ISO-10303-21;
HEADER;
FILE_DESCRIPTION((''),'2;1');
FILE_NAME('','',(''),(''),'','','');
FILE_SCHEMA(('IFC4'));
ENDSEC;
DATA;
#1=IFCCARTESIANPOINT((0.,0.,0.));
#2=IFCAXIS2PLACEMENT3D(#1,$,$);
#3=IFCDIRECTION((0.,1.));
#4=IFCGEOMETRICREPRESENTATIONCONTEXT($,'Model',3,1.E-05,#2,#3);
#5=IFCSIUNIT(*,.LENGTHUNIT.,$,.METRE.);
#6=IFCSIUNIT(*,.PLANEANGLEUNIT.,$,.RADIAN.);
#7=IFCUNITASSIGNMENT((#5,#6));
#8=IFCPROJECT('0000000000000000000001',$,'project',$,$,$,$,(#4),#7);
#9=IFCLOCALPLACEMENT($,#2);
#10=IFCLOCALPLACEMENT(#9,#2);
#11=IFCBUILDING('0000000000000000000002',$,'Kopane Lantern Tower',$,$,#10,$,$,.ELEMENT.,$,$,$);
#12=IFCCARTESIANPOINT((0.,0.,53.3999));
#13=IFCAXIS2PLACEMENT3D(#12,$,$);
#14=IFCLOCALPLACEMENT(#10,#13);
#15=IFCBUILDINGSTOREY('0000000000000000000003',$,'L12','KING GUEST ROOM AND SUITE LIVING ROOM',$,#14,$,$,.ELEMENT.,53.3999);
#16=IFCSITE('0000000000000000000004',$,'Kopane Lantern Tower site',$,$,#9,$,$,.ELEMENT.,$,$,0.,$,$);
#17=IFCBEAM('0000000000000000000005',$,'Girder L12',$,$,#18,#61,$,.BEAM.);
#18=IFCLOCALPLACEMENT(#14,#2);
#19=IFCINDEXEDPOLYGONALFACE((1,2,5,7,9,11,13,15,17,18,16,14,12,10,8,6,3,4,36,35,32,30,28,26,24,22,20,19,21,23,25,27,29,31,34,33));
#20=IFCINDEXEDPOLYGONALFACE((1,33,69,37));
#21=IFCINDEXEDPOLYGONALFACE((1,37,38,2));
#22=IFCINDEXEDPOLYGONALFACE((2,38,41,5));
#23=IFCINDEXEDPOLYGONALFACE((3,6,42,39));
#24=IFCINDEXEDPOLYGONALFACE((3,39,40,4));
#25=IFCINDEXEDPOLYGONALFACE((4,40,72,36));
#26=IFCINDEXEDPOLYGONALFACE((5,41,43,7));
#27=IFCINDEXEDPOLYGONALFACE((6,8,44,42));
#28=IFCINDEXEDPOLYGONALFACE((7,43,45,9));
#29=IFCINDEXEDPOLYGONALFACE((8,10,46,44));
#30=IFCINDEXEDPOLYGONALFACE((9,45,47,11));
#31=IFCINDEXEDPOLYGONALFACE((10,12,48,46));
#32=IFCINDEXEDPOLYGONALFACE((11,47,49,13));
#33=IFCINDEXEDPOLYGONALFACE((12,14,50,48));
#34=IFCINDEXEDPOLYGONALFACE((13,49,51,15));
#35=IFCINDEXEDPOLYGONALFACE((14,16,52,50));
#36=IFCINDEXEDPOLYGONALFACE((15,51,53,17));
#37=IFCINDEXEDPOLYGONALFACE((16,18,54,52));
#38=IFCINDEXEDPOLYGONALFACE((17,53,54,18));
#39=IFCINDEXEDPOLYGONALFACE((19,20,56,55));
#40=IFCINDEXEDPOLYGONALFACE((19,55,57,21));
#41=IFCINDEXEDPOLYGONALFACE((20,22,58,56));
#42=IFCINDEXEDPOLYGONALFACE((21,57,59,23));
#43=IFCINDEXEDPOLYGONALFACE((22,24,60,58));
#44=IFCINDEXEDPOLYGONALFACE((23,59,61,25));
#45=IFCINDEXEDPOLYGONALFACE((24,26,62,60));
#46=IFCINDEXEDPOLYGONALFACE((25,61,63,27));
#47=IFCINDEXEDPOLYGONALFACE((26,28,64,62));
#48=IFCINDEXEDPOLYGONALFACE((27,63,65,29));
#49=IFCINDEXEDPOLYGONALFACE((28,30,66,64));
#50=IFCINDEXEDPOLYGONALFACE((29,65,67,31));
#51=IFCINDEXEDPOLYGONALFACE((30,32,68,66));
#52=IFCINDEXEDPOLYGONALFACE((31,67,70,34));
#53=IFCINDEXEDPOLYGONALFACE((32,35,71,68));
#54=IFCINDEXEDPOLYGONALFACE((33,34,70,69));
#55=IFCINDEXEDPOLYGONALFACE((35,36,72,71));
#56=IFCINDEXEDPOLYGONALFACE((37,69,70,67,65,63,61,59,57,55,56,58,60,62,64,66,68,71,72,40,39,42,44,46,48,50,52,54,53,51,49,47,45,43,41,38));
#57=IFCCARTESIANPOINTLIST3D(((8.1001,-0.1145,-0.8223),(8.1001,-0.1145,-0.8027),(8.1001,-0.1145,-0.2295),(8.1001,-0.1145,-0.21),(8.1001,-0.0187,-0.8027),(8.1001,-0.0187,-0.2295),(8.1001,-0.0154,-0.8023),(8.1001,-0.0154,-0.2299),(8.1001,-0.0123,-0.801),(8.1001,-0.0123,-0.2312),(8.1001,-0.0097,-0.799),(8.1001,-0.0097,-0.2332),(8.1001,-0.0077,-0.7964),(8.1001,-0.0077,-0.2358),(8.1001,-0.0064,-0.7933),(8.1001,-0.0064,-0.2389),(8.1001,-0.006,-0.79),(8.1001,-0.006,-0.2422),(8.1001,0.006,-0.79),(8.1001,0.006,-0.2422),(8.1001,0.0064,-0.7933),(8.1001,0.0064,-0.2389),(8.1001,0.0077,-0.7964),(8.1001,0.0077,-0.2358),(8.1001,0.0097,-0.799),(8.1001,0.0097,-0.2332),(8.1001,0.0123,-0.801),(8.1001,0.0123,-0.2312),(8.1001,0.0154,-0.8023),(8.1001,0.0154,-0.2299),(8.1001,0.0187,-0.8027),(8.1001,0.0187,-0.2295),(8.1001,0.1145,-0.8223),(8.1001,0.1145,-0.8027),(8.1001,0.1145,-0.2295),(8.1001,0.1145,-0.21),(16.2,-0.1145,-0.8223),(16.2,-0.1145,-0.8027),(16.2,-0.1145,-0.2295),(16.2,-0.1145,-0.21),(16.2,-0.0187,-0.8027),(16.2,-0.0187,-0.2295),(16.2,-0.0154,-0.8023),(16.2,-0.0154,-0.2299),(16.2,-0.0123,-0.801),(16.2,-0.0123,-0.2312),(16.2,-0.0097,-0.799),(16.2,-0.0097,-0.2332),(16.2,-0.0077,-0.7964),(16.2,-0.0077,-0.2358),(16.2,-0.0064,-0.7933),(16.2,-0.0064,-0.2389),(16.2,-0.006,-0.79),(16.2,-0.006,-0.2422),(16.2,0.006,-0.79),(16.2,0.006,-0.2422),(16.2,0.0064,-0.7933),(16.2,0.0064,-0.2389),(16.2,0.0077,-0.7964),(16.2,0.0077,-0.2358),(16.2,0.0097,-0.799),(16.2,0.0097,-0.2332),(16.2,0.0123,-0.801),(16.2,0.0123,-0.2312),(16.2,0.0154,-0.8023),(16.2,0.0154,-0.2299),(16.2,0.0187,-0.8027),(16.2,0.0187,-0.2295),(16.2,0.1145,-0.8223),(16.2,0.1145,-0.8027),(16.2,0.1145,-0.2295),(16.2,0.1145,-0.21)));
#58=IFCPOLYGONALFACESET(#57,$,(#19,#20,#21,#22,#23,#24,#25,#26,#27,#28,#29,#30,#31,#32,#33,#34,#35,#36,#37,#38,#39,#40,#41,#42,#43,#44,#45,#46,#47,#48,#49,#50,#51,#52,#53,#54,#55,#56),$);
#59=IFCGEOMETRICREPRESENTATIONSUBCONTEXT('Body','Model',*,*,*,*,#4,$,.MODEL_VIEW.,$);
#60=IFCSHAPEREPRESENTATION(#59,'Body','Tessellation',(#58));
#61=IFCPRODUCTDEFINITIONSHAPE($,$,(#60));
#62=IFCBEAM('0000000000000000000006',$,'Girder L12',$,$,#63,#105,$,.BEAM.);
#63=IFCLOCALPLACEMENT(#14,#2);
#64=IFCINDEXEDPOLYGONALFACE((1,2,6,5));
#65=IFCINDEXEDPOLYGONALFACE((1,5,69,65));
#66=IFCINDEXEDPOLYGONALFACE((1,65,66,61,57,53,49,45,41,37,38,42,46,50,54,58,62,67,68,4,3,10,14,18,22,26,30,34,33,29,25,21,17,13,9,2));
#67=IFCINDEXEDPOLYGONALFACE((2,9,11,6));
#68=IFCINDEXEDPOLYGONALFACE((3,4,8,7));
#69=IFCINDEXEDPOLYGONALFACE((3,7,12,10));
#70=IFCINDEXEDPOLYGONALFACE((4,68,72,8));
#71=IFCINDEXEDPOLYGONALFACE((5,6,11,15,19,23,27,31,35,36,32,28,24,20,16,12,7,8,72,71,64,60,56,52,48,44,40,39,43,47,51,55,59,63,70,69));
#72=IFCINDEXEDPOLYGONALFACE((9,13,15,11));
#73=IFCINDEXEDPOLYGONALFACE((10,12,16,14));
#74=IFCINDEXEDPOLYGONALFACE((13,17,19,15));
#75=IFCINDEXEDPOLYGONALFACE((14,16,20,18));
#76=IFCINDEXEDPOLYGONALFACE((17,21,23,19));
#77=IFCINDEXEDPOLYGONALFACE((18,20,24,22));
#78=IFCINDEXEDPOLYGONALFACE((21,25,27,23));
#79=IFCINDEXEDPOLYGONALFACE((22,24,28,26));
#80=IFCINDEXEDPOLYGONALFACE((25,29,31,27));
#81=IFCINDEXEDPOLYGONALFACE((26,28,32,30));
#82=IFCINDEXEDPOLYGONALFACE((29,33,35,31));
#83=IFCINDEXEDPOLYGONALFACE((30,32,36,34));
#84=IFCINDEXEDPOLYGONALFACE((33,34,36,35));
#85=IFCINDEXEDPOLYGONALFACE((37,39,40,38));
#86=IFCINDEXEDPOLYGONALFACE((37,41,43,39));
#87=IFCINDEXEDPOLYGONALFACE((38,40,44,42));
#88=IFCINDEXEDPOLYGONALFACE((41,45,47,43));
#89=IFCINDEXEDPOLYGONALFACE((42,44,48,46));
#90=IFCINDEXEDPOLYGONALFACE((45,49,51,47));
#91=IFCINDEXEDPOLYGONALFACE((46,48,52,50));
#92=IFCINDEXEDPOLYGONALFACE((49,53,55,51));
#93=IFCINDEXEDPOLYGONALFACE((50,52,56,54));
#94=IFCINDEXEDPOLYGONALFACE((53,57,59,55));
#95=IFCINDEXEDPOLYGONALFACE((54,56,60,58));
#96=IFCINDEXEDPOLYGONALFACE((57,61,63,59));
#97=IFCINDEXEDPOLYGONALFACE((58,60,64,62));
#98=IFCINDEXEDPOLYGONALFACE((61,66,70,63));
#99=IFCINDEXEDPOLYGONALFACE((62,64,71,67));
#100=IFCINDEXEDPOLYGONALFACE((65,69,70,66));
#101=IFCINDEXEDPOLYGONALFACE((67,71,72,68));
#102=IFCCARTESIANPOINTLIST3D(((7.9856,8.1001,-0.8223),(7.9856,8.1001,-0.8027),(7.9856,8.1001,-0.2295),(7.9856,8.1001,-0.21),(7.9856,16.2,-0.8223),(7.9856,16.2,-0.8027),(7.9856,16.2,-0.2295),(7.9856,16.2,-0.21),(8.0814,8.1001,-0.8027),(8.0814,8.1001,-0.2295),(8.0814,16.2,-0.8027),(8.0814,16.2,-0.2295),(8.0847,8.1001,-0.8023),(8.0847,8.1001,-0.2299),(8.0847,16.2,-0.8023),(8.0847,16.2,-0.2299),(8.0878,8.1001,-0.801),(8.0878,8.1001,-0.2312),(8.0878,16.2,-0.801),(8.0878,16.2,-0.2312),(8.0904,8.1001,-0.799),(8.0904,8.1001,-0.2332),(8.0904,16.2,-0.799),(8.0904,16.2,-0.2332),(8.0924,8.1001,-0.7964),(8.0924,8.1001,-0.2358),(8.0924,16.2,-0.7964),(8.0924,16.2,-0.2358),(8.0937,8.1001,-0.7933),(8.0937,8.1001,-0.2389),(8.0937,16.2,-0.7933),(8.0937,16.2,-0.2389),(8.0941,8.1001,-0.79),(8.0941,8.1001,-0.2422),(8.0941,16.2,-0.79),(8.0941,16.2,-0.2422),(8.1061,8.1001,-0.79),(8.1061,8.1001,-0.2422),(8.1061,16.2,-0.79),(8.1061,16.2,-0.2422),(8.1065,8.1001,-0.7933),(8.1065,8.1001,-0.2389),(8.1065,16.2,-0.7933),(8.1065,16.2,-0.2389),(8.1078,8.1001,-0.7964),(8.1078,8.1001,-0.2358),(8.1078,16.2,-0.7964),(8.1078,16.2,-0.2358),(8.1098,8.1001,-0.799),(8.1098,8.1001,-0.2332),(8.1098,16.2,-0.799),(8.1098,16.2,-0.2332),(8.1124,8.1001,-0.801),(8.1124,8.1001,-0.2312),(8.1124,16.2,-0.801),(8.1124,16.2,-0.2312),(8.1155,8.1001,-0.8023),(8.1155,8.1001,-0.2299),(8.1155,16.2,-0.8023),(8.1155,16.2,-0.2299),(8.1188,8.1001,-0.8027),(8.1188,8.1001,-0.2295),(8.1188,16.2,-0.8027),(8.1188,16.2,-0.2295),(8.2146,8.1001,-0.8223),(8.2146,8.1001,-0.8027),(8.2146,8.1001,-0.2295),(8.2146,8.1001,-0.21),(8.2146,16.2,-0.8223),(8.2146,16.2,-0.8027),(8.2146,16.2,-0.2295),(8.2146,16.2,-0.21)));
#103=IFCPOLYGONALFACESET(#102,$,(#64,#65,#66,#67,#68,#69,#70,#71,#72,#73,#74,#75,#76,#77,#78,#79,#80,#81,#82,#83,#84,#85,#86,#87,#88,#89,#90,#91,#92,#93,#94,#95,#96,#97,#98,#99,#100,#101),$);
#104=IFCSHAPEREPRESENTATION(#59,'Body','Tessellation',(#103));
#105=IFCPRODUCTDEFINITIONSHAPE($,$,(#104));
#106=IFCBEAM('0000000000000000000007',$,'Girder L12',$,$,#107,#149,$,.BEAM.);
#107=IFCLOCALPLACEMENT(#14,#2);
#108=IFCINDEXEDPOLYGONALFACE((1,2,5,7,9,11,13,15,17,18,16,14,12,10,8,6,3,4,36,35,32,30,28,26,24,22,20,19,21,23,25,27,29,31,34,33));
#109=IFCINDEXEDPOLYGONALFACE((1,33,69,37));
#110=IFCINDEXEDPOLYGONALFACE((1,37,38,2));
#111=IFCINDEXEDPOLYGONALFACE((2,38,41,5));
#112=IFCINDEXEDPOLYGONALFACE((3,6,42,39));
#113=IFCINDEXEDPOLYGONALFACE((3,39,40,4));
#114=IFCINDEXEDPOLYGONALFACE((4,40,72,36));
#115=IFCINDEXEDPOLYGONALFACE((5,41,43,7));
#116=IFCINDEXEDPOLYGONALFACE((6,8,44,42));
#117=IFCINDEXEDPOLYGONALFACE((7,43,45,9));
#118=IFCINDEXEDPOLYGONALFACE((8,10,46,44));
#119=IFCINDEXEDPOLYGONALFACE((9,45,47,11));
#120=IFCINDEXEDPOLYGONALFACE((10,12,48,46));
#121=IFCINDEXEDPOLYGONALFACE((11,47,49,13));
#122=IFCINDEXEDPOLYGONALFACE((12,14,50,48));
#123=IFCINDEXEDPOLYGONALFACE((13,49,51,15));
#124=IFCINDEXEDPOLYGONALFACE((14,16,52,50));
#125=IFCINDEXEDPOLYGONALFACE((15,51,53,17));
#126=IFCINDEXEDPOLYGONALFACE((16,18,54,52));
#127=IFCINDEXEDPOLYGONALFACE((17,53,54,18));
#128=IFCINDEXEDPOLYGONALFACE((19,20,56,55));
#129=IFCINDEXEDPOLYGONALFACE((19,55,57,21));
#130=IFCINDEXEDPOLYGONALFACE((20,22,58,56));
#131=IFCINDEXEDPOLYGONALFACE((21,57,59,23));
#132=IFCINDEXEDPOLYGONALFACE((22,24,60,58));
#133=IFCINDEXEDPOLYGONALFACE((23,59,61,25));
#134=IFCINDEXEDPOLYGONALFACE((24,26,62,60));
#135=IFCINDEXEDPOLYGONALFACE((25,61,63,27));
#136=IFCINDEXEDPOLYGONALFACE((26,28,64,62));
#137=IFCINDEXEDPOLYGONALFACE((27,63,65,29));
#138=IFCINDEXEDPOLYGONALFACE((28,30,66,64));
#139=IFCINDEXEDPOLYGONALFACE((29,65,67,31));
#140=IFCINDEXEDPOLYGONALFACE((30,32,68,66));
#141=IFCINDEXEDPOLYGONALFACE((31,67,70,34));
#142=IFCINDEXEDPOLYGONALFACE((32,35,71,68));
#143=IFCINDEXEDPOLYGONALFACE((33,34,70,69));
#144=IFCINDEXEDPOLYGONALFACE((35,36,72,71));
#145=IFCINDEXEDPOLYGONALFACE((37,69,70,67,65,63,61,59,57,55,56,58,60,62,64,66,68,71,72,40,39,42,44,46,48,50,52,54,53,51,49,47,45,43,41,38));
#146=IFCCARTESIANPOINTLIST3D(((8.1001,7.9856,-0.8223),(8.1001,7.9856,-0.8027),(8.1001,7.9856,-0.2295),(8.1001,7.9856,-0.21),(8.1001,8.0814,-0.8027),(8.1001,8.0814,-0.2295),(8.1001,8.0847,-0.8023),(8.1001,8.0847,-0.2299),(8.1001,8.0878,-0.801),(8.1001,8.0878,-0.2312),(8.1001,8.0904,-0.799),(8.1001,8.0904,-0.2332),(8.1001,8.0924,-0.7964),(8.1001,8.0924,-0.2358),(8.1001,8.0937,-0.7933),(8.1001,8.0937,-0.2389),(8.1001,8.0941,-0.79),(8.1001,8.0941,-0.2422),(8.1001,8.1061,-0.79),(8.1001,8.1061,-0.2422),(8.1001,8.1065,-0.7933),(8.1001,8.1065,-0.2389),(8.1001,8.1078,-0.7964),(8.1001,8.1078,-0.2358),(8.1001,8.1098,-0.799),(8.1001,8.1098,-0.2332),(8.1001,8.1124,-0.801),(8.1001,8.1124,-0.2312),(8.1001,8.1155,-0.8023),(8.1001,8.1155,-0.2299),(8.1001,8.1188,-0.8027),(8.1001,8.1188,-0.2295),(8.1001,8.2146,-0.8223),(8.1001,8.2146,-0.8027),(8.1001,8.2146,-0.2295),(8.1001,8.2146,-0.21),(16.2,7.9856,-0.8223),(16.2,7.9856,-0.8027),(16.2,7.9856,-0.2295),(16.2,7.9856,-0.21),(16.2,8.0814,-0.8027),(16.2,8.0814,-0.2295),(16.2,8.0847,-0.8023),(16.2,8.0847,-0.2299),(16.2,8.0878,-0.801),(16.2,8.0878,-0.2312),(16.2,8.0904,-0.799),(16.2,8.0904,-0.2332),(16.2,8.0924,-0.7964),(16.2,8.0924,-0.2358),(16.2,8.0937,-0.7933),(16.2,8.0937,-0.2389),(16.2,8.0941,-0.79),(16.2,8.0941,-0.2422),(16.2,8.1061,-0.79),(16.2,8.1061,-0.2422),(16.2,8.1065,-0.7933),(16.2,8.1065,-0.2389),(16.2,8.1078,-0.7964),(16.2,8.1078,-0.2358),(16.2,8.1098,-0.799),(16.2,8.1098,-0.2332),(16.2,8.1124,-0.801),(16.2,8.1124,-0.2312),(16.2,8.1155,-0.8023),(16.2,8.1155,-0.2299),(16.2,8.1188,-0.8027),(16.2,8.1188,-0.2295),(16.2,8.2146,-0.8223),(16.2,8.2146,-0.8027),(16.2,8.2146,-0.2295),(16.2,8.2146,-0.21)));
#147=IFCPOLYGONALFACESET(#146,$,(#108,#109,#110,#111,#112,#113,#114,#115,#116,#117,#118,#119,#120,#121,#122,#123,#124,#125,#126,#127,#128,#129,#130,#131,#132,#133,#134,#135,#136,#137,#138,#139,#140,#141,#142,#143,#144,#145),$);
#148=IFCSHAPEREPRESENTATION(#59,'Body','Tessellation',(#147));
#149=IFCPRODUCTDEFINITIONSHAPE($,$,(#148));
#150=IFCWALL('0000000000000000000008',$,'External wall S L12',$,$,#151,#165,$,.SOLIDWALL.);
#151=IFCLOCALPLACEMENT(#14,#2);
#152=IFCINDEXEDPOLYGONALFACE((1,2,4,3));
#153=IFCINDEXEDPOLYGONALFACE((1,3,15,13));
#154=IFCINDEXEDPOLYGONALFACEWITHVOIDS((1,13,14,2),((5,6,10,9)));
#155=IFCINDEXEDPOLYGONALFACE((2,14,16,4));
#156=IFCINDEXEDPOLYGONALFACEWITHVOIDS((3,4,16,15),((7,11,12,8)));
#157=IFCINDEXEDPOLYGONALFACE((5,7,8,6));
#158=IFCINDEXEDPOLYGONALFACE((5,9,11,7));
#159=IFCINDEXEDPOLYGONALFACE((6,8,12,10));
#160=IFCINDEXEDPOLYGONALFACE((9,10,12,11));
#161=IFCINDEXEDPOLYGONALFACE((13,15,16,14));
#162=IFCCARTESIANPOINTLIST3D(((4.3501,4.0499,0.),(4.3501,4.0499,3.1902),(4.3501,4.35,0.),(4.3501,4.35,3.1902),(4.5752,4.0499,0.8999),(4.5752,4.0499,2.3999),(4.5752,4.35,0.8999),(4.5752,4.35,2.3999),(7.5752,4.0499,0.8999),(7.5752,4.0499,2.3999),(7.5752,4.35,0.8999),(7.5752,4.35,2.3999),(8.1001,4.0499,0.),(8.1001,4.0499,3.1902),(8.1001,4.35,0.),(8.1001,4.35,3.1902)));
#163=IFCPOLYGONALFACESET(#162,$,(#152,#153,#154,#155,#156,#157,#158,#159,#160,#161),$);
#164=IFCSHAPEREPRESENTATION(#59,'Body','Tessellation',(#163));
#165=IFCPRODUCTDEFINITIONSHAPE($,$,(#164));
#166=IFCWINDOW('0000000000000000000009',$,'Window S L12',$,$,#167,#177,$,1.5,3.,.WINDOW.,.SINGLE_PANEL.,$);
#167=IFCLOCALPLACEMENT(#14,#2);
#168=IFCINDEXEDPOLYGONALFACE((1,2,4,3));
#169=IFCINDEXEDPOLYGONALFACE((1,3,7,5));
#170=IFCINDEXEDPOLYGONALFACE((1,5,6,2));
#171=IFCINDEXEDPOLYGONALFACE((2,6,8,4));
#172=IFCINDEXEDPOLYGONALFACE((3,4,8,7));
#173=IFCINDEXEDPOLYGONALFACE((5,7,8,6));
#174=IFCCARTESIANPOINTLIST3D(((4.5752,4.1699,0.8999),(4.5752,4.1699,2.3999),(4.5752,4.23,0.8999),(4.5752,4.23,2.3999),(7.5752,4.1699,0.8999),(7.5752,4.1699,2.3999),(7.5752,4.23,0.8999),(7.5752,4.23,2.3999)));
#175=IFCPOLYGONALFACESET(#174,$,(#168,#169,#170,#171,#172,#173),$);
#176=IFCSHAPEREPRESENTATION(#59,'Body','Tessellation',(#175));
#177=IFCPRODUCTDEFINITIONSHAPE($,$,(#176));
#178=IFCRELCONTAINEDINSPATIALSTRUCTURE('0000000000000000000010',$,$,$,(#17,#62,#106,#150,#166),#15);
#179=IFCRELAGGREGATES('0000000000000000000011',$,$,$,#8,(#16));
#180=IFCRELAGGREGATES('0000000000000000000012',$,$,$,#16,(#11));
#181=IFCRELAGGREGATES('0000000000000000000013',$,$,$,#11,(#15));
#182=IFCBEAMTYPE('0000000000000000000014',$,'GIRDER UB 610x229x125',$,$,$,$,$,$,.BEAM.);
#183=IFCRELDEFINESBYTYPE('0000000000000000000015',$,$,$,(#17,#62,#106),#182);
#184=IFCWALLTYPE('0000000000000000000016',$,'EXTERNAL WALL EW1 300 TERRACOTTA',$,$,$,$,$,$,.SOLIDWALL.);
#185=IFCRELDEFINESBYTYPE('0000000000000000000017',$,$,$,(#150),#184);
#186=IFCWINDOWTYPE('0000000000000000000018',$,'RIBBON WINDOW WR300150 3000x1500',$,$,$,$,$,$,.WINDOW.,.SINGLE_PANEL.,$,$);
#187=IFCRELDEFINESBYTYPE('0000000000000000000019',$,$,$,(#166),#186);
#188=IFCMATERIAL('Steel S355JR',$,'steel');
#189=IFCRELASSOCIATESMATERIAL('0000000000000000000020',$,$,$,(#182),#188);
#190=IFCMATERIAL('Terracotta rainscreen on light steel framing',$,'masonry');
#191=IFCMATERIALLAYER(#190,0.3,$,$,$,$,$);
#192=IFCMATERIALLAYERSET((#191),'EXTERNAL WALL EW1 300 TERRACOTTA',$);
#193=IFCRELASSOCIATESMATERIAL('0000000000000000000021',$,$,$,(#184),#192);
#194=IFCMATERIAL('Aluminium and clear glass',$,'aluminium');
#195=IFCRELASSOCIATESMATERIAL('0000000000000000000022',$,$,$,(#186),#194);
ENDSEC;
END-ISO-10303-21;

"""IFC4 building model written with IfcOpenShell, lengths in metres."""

from ifc_helpers import new_model, si_unit, direction, frame, frame_2d, origin, origin_2d, place, context, subcontext, project, spatial, rectangle, i_section, extrude, material, layer, layer_set, material_profile, profile_set, type_object, element, fill, save


model = new_model("IFC4")

# Units and contexts
model_context = context("Model", 3, precision=1e-05, world=origin(), true_north=direction((0.0, 1.0)))
body_context = subcontext(model_context, "Body", "Model", "MODEL_VIEW")
ifc_project = project(units=[si_unit("LENGTHUNIT", "METRE"), si_unit("PLANEANGLEUNIT", "RADIAN")], contexts=[model_context])

# Site, building, storey
site_placement = place(None, origin())
site = spatial("IfcSite", under=ifc_project, at=site_placement, Name="Kopane Lantern Tower site", CompositionType="ELEMENT", RefElevation=0.0)
building_placement = place(site_placement, origin())
building = spatial("IfcBuilding", under=site, at=building_placement, Name="Kopane Lantern Tower", CompositionType="ELEMENT")
storey_placement = place(building_placement, frame((0.0, 0.0, 53.3999)))
storey = spatial("IfcBuildingStorey", under=building, at=storey_placement, Name="L12", Description="KING GUEST ROOM AND SUITE LIVING ROOM", CompositionType="ELEMENT", Elevation=53.3999)

# Beams
ifc_material_1 = material(Name="Steel S355JR", Category="steel")
ifc_material_profile_1 = material_profile(ifc_material_1, i_section(OverallWidth=0.229, OverallDepth=0.6123, WebThickness=0.012, FlangeThickness=0.0195, FilletRadius=0.0127, at=origin_2d()), Name="UB 610x229x125")
ifc_profile_set_1 = profile_set([ifc_material_profile_1], Name="Steel S355JR")
beam_type_1 = type_object("IfcBeamType", Name="GIRDER UB 610x229x125", PredefinedType="BEAM", material=ifc_profile_set_1)
for number, where, z_axis, x_axis, name in (
    (1, (8.1001, 0.0, -0.5161), (1.0, 0.0, 0.0), (0.0, 1.0, 0.0), "Girder L12"),
    (2, (8.1001, 8.1001, -0.5161), (0.0, 1.0, 0.0), (-1.0, 0.0, 0.0), "Girder L12"),
    (3, (8.1001, 8.1001, -0.5161), (1.0, 0.0, 0.0), (0.0, 1.0, 0.0), "Girder L12"),
):
    element("IfcBeam", number, at=place(storey_placement, frame(where, z_axis=z_axis, x_axis=x_axis)), inside=storey, type_object=beam_type_1, Name=name, PredefinedType="BEAM", context=body_context, shape_type="SweptSolid", body=[
        extrude(i_section(OverallWidth=0.229, OverallDepth=0.6123, WebThickness=0.012, FlangeThickness=0.0195, FilletRadius=0.0127, at=origin_2d()), origin(), (0.0, 0.0, 1.0), 8.0999),
    ])

# Shared definitions
ifc_material_2 = material(Name="Terracotta rainscreen on light steel framing", Category="masonry")
ifc_layer = layer(ifc_material_2, 0.3)
ifc_layer_set = layer_set([ifc_layer], Name="EXTERNAL WALL EW1 300 TERRACOTTA")
wall_type = type_object("IfcWallType", Name="EXTERNAL WALL EW1 300 TERRACOTTA", PredefinedType="SOLIDWALL", material=ifc_layer_set)

# Wall, opening, window
wall_1_placement = place(storey_placement, frame((4.3501, 4.2, 0.0), z_axis=(0.0, 0.0, 1.0), x_axis=(1.0, 0.0, 0.0)))
wall_1 = element("IfcWall", 4, at=wall_1_placement, inside=storey, type_object=wall_type, Name="External wall S L12", PredefinedType="SOLIDWALL", context=body_context, shape_type="SweptSolid", body=[
    extrude(rectangle(XDim=3.75, YDim=0.3, at=frame_2d((1.875, 0.0))), origin(), (0.0, 0.0, 1.0), 3.1902),
])
opening_1_placement = place(wall_1_placement, frame((0.2251, 0.0, 0.8999)))
opening_1 = element("IfcOpeningElement", 5, at=opening_1_placement, cuts=wall_1, PredefinedType="OPENING", context=body_context, shape_type="SweptSolid", body=[
    extrude(rectangle(XDim=3.0, YDim=1.5, at=frame_2d((1.5, 0.75))), frame((0.0, 0.1599, 0.0), z_axis=(0.0, -1.0, 0.0), x_axis=(1.0, 0.0, 0.0)), (0.0, 0.0, 1.0), 0.3201),
])
ifc_material_3 = material(Name="Aluminium and clear glass", Category="aluminium")
window_type_1 = type_object("IfcWindowType", Name="RIBBON WINDOW WR300150 3000x1500", PartitioningType="SINGLE_PANEL", PredefinedType="WINDOW", material=ifc_material_3)
window_1_placement = place(opening_1_placement, origin())
window_1 = element("IfcWindow", 6, at=window_1_placement, inside=storey, type_object=window_type_1, Name="Window S L12", OverallHeight=1.5, OverallWidth=3.0, PartitioningType="SINGLE_PANEL", PredefinedType="WINDOW", context=body_context, shape_type="SweptSolid", body=[
    extrude(rectangle(XDim=3.0, YDim=1.5, at=frame_2d((1.5, 0.75))), frame((0.0, 0.03, 0.0), z_axis=(0.0, -1.0, 0.0), x_axis=(1.0, 0.0, 0.0)), (0.0, 0.0, 1.0), 0.0601),
])
fill(opening_1, window_1)

save(model, "model.ifc")
